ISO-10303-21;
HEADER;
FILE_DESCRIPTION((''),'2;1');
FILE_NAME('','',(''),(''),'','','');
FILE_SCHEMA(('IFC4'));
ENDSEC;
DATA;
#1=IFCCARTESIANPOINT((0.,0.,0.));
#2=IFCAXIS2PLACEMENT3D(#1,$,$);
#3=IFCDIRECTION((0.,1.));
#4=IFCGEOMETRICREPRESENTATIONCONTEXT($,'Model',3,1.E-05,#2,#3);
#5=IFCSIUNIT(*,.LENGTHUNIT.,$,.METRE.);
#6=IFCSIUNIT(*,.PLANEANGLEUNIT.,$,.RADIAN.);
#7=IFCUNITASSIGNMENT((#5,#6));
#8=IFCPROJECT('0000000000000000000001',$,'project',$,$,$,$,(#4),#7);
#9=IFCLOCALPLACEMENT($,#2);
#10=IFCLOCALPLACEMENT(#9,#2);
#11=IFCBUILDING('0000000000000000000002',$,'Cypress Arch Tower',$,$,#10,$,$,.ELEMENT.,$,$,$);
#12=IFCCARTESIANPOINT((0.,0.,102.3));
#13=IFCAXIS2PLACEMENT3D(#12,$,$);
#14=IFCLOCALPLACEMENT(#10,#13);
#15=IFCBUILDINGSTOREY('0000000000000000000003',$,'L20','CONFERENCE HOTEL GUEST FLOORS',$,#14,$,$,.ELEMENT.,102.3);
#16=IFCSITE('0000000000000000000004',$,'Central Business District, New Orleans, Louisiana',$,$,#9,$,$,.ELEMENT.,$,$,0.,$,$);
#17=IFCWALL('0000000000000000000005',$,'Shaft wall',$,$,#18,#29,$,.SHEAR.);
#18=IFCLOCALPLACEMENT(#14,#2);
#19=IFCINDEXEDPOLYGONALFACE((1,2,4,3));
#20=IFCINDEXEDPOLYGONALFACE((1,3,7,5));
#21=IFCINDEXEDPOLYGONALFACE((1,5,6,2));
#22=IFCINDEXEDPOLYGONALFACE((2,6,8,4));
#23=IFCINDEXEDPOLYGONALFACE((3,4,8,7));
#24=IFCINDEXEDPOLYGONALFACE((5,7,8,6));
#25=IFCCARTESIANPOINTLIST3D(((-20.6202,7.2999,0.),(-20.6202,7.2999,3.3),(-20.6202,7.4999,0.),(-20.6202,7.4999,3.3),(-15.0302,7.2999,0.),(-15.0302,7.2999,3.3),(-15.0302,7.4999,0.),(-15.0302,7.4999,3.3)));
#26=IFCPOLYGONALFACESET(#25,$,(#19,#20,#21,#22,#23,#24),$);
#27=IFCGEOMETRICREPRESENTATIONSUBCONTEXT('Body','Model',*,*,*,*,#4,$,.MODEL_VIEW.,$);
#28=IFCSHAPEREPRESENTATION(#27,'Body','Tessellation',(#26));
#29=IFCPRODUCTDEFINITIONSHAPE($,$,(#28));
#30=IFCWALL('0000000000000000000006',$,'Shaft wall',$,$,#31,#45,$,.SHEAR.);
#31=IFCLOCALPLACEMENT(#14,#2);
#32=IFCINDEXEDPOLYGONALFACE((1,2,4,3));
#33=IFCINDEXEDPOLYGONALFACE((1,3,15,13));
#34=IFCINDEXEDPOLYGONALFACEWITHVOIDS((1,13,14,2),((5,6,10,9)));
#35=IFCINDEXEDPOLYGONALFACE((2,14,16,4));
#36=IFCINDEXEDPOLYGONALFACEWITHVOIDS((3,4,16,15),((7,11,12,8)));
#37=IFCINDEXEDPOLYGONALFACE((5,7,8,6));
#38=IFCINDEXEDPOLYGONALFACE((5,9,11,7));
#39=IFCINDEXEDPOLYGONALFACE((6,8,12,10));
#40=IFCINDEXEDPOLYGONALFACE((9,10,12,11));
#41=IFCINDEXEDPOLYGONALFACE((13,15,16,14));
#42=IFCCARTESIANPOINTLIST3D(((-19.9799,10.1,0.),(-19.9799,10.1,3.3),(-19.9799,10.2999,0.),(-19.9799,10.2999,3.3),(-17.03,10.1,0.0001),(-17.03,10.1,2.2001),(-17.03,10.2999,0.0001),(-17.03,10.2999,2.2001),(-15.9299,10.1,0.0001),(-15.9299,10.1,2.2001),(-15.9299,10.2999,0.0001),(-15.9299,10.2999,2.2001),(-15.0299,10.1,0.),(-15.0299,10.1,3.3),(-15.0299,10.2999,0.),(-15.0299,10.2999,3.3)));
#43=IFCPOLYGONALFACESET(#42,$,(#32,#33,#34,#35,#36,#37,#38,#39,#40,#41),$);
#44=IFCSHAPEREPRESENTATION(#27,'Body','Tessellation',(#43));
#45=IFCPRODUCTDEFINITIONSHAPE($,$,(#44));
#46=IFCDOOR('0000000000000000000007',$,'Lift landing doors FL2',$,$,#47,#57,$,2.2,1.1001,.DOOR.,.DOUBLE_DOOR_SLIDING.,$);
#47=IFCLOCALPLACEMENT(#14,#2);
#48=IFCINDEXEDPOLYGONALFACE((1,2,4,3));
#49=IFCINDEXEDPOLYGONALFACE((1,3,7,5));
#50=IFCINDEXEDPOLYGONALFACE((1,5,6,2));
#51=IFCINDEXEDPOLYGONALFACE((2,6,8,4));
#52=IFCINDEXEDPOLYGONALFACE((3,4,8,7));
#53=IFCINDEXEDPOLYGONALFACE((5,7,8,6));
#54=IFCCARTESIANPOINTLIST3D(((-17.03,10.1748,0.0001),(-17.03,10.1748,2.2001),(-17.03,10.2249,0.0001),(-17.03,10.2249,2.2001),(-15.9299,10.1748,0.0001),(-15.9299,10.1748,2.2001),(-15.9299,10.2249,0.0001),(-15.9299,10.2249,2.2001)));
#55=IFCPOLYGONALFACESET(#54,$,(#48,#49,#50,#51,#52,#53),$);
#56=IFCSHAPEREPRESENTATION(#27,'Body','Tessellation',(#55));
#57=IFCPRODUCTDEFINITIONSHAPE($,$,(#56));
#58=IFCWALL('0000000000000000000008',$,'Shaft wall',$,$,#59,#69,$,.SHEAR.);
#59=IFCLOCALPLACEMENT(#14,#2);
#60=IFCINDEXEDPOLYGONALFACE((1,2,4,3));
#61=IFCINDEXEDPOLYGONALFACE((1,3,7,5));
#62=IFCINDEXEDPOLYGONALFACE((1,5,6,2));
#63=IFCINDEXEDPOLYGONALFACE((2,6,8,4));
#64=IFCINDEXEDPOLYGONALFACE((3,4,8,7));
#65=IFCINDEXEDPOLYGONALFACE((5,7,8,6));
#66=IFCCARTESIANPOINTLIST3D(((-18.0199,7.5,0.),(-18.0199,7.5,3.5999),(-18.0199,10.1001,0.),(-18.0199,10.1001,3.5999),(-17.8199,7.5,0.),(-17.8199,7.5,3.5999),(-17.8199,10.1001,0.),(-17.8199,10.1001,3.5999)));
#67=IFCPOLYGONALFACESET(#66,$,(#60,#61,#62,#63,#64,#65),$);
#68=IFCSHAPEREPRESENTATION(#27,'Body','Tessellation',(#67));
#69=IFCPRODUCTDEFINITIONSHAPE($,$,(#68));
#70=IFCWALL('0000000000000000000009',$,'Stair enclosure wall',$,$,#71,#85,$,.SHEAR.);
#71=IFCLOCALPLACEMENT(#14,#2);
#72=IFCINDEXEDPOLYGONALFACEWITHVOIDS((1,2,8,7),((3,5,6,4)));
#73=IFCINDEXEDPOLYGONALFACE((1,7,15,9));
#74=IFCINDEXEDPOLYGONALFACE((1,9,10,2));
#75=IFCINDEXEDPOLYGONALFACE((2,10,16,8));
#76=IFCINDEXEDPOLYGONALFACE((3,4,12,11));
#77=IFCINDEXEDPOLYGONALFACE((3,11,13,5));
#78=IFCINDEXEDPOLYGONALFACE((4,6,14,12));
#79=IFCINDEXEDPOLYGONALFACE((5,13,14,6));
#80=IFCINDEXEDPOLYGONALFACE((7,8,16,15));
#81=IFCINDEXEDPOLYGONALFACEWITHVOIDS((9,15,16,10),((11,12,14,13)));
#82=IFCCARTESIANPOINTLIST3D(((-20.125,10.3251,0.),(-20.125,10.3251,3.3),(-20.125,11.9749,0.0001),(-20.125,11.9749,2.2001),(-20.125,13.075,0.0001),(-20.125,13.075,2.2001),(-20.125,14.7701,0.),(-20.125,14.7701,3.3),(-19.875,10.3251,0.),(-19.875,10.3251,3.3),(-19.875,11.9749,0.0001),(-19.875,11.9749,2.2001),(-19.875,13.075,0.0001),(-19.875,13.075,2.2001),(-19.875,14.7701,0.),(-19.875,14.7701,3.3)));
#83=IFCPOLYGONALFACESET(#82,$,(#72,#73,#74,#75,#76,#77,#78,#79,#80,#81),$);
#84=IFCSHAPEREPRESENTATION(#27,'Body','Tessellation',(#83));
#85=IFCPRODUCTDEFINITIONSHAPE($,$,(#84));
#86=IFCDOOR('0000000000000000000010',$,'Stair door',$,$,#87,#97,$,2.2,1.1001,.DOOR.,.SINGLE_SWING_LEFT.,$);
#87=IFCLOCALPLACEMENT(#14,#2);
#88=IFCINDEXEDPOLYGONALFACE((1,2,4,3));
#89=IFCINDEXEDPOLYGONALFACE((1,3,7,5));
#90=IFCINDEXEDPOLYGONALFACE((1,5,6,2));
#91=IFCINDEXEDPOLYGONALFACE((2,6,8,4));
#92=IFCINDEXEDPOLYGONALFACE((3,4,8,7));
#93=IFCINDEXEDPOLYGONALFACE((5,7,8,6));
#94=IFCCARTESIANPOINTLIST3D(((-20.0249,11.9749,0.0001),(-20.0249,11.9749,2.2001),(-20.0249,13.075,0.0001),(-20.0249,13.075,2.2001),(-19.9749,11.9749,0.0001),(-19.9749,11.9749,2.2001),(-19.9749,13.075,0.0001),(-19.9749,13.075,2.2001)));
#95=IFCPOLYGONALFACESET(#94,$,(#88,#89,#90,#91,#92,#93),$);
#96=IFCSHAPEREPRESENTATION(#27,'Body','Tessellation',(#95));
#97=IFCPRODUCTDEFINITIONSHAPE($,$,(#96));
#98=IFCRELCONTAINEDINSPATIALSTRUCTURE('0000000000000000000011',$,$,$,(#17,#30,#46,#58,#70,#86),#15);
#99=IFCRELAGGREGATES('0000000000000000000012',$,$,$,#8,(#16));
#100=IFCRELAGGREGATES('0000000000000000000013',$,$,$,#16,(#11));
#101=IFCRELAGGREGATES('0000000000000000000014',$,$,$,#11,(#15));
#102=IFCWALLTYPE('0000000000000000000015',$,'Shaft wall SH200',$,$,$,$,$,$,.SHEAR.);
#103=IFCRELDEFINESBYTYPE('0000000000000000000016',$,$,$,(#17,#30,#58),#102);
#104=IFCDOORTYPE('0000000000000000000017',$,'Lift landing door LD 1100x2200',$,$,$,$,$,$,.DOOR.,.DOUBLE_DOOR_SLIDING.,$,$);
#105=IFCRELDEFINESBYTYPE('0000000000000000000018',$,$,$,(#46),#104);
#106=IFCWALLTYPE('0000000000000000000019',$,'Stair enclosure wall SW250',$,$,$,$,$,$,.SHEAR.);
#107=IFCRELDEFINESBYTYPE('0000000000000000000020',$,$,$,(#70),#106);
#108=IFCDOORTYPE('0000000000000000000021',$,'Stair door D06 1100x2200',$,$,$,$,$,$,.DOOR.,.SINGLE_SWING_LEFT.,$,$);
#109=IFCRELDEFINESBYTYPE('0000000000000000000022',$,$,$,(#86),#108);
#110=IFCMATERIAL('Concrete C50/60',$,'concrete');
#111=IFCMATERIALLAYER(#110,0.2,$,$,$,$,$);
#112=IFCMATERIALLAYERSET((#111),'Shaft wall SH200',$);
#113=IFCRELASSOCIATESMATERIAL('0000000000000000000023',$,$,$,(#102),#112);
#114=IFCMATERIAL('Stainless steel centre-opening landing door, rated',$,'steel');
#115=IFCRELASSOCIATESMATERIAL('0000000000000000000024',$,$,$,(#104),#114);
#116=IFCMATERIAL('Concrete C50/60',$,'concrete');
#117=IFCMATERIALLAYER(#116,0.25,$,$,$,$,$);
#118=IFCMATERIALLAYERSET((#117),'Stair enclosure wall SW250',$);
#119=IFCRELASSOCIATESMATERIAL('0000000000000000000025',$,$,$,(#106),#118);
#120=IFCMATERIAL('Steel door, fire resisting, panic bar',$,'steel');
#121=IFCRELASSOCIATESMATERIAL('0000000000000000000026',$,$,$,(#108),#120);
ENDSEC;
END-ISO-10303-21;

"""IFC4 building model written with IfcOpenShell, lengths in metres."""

from ifc_helpers import new_model, si_unit, direction, frame, frame_2d, origin, place, context, subcontext, project, spatial, rectangle, extrude, material, layer, layer_set, type_object, element, fill, save


model = new_model("IFC4")

# Units and contexts
model_context = context("Model", 3, precision=1e-05, world=origin(), true_north=direction((0.0, 1.0)))
body_context = subcontext(model_context, "Body", "Model", "MODEL_VIEW")
ifc_project = project(units=[si_unit("LENGTHUNIT", "METRE"), si_unit("PLANEANGLEUNIT", "RADIAN")], contexts=[model_context])

# Site, building, storey
site_placement = place(None, origin())
site = spatial("IfcSite", under=ifc_project, at=site_placement, Name="Central Business District, New Orleans, Louisiana", CompositionType="ELEMENT", RefElevation=0.0)
building_placement = place(site_placement, origin())
building = spatial("IfcBuilding", under=site, at=building_placement, Name="Cypress Arch Tower", CompositionType="ELEMENT")
storey_placement = place(building_placement, frame((0.0, 0.0, 102.3)))
storey = spatial("IfcBuildingStorey", under=building, at=storey_placement, Name="L20", Description="CONFERENCE HOTEL GUEST FLOORS", CompositionType="ELEMENT", Elevation=102.3)

# Wall
ifc_material_1 = material(Name="Concrete C50/60", Category="concrete")
ifc_layer_1 = layer(ifc_material_1, 0.2)
ifc_layer_set_1 = layer_set([ifc_layer_1], Name="Shaft wall SH200")
wall_type_1 = type_object("IfcWallType", Name="Shaft wall SH200", PredefinedType="SHEAR", material=ifc_layer_set_1)
wall_1_placement = place(storey_placement, frame((-20.6201, 7.3999, 0.0), z_axis=(0.0, 0.0, 1.0), x_axis=(1.0, 0.0, 0.0)))
element("IfcWall", 1, at=wall_1_placement, inside=storey, type_object=wall_type_1, Name="Shaft wall", PredefinedType="SHEAR", context=body_context, shape_type="SweptSolid", body=[
    extrude(rectangle(XDim=5.5901, YDim=0.2, at=frame_2d((2.7949, 0.0))), origin(), (0.0, 0.0, 1.0), 3.3),
])

# Wall, opening, door
wall_2_placement = place(storey_placement, frame((-19.98, 10.2, 0.0), z_axis=(0.0, 0.0, 1.0), x_axis=(1.0, 0.0, 0.0)))
wall_2 = element("IfcWall", 2, at=wall_2_placement, inside=storey, type_object=wall_type_1, Name="Shaft wall", PredefinedType="SHEAR", context=body_context, shape_type="SweptSolid", body=[
    extrude(rectangle(XDim=4.95, YDim=0.2, at=frame_2d((2.4751, 0.0))), origin(), (0.0, 0.0, 1.0), 3.3),
])
opening_1_placement = place(wall_2_placement, frame((2.95, 0.0, 0.0)))
opening_1 = element("IfcOpeningElement", 3, at=opening_1_placement, cuts=wall_2, PredefinedType="OPENING", context=body_context, shape_type="SweptSolid", body=[
    extrude(rectangle(XDim=1.1001, YDim=2.2, at=frame_2d((0.55, 1.1001))), frame((0.0, 0.1099, 0.0), z_axis=(0.0, -1.0, 0.0), x_axis=(1.0, 0.0, 0.0)), (0.0, 0.0, 1.0), 0.22),
])
ifc_material_2 = material(Name="Stainless steel centre-opening landing door, rated", Category="steel")
door_type_1 = type_object("IfcDoorType", Name="Lift landing door LD 1100x2200", OperationType="DOUBLE_DOOR_SLIDING", PredefinedType="DOOR", material=ifc_material_2)
door_1_placement = place(opening_1_placement, origin())
door_1 = element("IfcDoor", 4, at=door_1_placement, inside=storey, type_object=door_type_1, Name="Lift landing doors FL2", OperationType="DOUBLE_DOOR_SLIDING", OverallHeight=2.2, OverallWidth=1.1001, PredefinedType="DOOR", context=body_context, shape_type="SweptSolid", body=[
    extrude(rectangle(XDim=1.1001, YDim=2.2, at=frame_2d((0.55, 1.1001))), frame((0.0, 0.0249, 0.0), z_axis=(0.0, -1.0, 0.0), x_axis=(1.0, 0.0, 0.0)), (0.0, 0.0, 1.0), 0.05),
])
fill(opening_1, door_1)

# Wall
wall_3_placement = place(storey_placement, frame((-17.9199, 7.5, 0.0), z_axis=(0.0, 0.0, 1.0), x_axis=(0.0, 1.0, 0.0)))
element("IfcWall", 5, at=wall_3_placement, inside=storey, type_object=wall_type_1, Name="Shaft wall", PredefinedType="SHEAR", context=body_context, shape_type="SweptSolid", body=[
    extrude(rectangle(XDim=2.6001, YDim=0.2, at=frame_2d((1.3, 0.0))), origin(), (0.0, 0.0, 1.0), 3.5999),
])

# Wall, opening, door
ifc_material_3 = material(Name="Concrete C50/60", Category="concrete")
ifc_layer_2 = layer(ifc_material_3, 0.25)
ifc_layer_set_2 = layer_set([ifc_layer_2], Name="Stair enclosure wall SW250")
wall_type_2 = type_object("IfcWallType", Name="Stair enclosure wall SW250", PredefinedType="SHEAR", material=ifc_layer_set_2)
wall_4_placement = place(storey_placement, frame((-20.0, 10.325, 0.0), z_axis=(0.0, 0.0, 1.0), x_axis=(0.0, 1.0, 0.0)))
wall_4 = element("IfcWall", 6, at=wall_4_placement, inside=storey, type_object=wall_type_2, Name="Stair enclosure wall", PredefinedType="SHEAR", context=body_context, shape_type="SweptSolid", body=[
    extrude(rectangle(XDim=4.4451, YDim=0.25, at=frame_2d((2.2227, 0.0))), origin(), (0.0, 0.0, 1.0), 3.3),
])
opening_2_placement = place(wall_4_placement, frame((1.6499, 0.0, 0.0)))
opening_2 = element("IfcOpeningElement", 7, at=opening_2_placement, cuts=wall_4, PredefinedType="OPENING", context=body_context, shape_type="SweptSolid", body=[
    extrude(rectangle(XDim=1.1001, YDim=2.2, at=frame_2d((0.55, 1.1001))), frame((0.0, 0.135, 0.0), z_axis=(0.0, -1.0, 0.0), x_axis=(1.0, 0.0, 0.0)), (0.0, 0.0, 1.0), 0.27),
])
ifc_material_4 = material(Name="Steel door, fire resisting, panic bar", Category="steel")
door_type_2 = type_object("IfcDoorType", Name="Stair door D06 1100x2200", OperationType="SINGLE_SWING_LEFT", PredefinedType="DOOR", material=ifc_material_4)
door_2_placement = place(opening_2_placement, origin())
door_2 = element("IfcDoor", 8, at=door_2_placement, inside=storey, type_object=door_type_2, Name="Stair door", OperationType="SINGLE_SWING_LEFT", OverallHeight=2.2, OverallWidth=1.1001, PredefinedType="DOOR", context=body_context, shape_type="SweptSolid", body=[
    extrude(rectangle(XDim=1.1001, YDim=2.2, at=frame_2d((0.55, 1.1001))), frame((0.0, 0.0249, 0.0), z_axis=(0.0, -1.0, 0.0), x_axis=(1.0, 0.0, 0.0)), (0.0, 0.0, 1.0), 0.05),
])
fill(opening_2, door_2)

save(model, "model.ifc")
